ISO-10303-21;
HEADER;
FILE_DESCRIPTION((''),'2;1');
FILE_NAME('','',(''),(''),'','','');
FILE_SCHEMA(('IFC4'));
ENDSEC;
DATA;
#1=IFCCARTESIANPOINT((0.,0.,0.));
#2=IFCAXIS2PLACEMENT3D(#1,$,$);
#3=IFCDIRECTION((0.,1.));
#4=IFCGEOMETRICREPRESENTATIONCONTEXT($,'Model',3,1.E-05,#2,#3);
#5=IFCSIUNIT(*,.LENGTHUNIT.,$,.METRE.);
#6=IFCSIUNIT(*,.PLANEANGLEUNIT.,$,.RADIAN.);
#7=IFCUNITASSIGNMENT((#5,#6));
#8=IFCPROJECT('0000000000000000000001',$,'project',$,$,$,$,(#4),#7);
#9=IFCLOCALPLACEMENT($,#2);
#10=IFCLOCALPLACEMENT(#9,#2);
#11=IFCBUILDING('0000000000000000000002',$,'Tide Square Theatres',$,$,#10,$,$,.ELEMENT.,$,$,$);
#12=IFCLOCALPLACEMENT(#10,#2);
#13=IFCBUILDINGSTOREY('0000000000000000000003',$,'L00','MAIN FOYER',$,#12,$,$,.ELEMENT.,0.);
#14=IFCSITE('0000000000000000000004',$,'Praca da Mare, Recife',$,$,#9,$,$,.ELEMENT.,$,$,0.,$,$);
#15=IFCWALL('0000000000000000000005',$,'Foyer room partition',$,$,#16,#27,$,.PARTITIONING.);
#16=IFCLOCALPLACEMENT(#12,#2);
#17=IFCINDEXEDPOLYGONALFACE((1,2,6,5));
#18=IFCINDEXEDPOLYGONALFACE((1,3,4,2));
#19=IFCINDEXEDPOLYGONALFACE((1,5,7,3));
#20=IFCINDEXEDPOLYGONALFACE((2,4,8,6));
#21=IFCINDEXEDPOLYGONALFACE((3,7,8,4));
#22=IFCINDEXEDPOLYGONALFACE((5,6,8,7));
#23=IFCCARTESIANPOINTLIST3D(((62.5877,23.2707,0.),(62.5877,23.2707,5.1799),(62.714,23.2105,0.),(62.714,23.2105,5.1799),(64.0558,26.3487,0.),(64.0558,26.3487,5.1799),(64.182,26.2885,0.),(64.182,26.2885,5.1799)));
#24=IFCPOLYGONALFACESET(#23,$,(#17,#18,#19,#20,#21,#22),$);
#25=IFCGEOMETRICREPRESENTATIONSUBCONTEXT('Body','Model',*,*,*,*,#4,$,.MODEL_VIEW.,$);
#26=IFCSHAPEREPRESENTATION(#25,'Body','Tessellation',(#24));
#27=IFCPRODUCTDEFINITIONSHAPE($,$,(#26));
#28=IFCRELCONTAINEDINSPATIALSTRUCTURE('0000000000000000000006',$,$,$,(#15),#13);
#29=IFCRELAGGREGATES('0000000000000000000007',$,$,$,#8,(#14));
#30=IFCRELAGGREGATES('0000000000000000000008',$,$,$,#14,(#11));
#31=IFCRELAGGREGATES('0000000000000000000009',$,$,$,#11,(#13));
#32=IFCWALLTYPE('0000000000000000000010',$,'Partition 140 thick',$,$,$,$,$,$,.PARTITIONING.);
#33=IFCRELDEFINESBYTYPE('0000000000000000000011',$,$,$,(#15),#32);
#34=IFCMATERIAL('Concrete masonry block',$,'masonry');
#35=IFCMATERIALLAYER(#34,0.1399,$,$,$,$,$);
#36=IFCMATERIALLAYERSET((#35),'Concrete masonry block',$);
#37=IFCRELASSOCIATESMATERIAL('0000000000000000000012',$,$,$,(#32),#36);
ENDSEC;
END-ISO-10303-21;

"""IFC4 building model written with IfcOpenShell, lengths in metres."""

from ifc_helpers import new_model, si_unit, direction, frame, frame_2d, origin, place, context, subcontext, project, spatial, rectangle, extrude, material, layer, layer_set, type_object, element, save


model = new_model("IFC4")

# Units and contexts
model_context = context("Model", 3, precision=1e-05, world=origin(), true_north=direction((0.0, 1.0)))
body_context = subcontext(model_context, "Body", "Model", "MODEL_VIEW")
ifc_project = project(units=[si_unit("LENGTHUNIT", "METRE"), si_unit("PLANEANGLEUNIT", "RADIAN")], contexts=[model_context])

# Site, building, storey
site_placement = place(None, origin())
site = spatial("IfcSite", under=ifc_project, at=site_placement, Name="Praca da Mare, Recife", CompositionType="ELEMENT", RefElevation=0.0)
building_placement = place(site_placement, origin())
building = spatial("IfcBuilding", under=site, at=building_placement, Name="Tide Square Theatres", CompositionType="ELEMENT")
storey_placement = place(building_placement, origin())
storey = spatial("IfcBuildingStorey", under=building, at=storey_placement, Name="L00", Description="MAIN FOYER", CompositionType="ELEMENT", Elevation=0.0)

# Wall
ifc_material_1 = material(Name="Concrete masonry block", Category="masonry")
ifc_layer_1 = layer(ifc_material_1, 0.1399)
ifc_layer_set_1 = layer_set([ifc_layer_1], Name="Concrete masonry block")
wall_type = type_object("IfcWallType", Name="Partition 140 thick", PredefinedType="PARTITIONING", material=ifc_layer_set_1)
wall_placement = place(storey_placement, frame((64.1189, 26.3186, 0.0), z_axis=(0.0, 0.0, 1.0), x_axis=(-0.430498, -0.902592, 0.0)))
element("IfcWall", 1, at=wall_placement, inside=storey, type_object=wall_type, Name="Foyer room partition", PredefinedType="PARTITIONING", context=body_context, shape_type="SweptSolid", body=[
    extrude(rectangle(XDim=3.4102, YDim=0.1399, at=frame_2d((1.7051, 0.0))), origin(), (0.0, 0.0, 1.0), 5.1799),
])

save(model, "model.ifc")
